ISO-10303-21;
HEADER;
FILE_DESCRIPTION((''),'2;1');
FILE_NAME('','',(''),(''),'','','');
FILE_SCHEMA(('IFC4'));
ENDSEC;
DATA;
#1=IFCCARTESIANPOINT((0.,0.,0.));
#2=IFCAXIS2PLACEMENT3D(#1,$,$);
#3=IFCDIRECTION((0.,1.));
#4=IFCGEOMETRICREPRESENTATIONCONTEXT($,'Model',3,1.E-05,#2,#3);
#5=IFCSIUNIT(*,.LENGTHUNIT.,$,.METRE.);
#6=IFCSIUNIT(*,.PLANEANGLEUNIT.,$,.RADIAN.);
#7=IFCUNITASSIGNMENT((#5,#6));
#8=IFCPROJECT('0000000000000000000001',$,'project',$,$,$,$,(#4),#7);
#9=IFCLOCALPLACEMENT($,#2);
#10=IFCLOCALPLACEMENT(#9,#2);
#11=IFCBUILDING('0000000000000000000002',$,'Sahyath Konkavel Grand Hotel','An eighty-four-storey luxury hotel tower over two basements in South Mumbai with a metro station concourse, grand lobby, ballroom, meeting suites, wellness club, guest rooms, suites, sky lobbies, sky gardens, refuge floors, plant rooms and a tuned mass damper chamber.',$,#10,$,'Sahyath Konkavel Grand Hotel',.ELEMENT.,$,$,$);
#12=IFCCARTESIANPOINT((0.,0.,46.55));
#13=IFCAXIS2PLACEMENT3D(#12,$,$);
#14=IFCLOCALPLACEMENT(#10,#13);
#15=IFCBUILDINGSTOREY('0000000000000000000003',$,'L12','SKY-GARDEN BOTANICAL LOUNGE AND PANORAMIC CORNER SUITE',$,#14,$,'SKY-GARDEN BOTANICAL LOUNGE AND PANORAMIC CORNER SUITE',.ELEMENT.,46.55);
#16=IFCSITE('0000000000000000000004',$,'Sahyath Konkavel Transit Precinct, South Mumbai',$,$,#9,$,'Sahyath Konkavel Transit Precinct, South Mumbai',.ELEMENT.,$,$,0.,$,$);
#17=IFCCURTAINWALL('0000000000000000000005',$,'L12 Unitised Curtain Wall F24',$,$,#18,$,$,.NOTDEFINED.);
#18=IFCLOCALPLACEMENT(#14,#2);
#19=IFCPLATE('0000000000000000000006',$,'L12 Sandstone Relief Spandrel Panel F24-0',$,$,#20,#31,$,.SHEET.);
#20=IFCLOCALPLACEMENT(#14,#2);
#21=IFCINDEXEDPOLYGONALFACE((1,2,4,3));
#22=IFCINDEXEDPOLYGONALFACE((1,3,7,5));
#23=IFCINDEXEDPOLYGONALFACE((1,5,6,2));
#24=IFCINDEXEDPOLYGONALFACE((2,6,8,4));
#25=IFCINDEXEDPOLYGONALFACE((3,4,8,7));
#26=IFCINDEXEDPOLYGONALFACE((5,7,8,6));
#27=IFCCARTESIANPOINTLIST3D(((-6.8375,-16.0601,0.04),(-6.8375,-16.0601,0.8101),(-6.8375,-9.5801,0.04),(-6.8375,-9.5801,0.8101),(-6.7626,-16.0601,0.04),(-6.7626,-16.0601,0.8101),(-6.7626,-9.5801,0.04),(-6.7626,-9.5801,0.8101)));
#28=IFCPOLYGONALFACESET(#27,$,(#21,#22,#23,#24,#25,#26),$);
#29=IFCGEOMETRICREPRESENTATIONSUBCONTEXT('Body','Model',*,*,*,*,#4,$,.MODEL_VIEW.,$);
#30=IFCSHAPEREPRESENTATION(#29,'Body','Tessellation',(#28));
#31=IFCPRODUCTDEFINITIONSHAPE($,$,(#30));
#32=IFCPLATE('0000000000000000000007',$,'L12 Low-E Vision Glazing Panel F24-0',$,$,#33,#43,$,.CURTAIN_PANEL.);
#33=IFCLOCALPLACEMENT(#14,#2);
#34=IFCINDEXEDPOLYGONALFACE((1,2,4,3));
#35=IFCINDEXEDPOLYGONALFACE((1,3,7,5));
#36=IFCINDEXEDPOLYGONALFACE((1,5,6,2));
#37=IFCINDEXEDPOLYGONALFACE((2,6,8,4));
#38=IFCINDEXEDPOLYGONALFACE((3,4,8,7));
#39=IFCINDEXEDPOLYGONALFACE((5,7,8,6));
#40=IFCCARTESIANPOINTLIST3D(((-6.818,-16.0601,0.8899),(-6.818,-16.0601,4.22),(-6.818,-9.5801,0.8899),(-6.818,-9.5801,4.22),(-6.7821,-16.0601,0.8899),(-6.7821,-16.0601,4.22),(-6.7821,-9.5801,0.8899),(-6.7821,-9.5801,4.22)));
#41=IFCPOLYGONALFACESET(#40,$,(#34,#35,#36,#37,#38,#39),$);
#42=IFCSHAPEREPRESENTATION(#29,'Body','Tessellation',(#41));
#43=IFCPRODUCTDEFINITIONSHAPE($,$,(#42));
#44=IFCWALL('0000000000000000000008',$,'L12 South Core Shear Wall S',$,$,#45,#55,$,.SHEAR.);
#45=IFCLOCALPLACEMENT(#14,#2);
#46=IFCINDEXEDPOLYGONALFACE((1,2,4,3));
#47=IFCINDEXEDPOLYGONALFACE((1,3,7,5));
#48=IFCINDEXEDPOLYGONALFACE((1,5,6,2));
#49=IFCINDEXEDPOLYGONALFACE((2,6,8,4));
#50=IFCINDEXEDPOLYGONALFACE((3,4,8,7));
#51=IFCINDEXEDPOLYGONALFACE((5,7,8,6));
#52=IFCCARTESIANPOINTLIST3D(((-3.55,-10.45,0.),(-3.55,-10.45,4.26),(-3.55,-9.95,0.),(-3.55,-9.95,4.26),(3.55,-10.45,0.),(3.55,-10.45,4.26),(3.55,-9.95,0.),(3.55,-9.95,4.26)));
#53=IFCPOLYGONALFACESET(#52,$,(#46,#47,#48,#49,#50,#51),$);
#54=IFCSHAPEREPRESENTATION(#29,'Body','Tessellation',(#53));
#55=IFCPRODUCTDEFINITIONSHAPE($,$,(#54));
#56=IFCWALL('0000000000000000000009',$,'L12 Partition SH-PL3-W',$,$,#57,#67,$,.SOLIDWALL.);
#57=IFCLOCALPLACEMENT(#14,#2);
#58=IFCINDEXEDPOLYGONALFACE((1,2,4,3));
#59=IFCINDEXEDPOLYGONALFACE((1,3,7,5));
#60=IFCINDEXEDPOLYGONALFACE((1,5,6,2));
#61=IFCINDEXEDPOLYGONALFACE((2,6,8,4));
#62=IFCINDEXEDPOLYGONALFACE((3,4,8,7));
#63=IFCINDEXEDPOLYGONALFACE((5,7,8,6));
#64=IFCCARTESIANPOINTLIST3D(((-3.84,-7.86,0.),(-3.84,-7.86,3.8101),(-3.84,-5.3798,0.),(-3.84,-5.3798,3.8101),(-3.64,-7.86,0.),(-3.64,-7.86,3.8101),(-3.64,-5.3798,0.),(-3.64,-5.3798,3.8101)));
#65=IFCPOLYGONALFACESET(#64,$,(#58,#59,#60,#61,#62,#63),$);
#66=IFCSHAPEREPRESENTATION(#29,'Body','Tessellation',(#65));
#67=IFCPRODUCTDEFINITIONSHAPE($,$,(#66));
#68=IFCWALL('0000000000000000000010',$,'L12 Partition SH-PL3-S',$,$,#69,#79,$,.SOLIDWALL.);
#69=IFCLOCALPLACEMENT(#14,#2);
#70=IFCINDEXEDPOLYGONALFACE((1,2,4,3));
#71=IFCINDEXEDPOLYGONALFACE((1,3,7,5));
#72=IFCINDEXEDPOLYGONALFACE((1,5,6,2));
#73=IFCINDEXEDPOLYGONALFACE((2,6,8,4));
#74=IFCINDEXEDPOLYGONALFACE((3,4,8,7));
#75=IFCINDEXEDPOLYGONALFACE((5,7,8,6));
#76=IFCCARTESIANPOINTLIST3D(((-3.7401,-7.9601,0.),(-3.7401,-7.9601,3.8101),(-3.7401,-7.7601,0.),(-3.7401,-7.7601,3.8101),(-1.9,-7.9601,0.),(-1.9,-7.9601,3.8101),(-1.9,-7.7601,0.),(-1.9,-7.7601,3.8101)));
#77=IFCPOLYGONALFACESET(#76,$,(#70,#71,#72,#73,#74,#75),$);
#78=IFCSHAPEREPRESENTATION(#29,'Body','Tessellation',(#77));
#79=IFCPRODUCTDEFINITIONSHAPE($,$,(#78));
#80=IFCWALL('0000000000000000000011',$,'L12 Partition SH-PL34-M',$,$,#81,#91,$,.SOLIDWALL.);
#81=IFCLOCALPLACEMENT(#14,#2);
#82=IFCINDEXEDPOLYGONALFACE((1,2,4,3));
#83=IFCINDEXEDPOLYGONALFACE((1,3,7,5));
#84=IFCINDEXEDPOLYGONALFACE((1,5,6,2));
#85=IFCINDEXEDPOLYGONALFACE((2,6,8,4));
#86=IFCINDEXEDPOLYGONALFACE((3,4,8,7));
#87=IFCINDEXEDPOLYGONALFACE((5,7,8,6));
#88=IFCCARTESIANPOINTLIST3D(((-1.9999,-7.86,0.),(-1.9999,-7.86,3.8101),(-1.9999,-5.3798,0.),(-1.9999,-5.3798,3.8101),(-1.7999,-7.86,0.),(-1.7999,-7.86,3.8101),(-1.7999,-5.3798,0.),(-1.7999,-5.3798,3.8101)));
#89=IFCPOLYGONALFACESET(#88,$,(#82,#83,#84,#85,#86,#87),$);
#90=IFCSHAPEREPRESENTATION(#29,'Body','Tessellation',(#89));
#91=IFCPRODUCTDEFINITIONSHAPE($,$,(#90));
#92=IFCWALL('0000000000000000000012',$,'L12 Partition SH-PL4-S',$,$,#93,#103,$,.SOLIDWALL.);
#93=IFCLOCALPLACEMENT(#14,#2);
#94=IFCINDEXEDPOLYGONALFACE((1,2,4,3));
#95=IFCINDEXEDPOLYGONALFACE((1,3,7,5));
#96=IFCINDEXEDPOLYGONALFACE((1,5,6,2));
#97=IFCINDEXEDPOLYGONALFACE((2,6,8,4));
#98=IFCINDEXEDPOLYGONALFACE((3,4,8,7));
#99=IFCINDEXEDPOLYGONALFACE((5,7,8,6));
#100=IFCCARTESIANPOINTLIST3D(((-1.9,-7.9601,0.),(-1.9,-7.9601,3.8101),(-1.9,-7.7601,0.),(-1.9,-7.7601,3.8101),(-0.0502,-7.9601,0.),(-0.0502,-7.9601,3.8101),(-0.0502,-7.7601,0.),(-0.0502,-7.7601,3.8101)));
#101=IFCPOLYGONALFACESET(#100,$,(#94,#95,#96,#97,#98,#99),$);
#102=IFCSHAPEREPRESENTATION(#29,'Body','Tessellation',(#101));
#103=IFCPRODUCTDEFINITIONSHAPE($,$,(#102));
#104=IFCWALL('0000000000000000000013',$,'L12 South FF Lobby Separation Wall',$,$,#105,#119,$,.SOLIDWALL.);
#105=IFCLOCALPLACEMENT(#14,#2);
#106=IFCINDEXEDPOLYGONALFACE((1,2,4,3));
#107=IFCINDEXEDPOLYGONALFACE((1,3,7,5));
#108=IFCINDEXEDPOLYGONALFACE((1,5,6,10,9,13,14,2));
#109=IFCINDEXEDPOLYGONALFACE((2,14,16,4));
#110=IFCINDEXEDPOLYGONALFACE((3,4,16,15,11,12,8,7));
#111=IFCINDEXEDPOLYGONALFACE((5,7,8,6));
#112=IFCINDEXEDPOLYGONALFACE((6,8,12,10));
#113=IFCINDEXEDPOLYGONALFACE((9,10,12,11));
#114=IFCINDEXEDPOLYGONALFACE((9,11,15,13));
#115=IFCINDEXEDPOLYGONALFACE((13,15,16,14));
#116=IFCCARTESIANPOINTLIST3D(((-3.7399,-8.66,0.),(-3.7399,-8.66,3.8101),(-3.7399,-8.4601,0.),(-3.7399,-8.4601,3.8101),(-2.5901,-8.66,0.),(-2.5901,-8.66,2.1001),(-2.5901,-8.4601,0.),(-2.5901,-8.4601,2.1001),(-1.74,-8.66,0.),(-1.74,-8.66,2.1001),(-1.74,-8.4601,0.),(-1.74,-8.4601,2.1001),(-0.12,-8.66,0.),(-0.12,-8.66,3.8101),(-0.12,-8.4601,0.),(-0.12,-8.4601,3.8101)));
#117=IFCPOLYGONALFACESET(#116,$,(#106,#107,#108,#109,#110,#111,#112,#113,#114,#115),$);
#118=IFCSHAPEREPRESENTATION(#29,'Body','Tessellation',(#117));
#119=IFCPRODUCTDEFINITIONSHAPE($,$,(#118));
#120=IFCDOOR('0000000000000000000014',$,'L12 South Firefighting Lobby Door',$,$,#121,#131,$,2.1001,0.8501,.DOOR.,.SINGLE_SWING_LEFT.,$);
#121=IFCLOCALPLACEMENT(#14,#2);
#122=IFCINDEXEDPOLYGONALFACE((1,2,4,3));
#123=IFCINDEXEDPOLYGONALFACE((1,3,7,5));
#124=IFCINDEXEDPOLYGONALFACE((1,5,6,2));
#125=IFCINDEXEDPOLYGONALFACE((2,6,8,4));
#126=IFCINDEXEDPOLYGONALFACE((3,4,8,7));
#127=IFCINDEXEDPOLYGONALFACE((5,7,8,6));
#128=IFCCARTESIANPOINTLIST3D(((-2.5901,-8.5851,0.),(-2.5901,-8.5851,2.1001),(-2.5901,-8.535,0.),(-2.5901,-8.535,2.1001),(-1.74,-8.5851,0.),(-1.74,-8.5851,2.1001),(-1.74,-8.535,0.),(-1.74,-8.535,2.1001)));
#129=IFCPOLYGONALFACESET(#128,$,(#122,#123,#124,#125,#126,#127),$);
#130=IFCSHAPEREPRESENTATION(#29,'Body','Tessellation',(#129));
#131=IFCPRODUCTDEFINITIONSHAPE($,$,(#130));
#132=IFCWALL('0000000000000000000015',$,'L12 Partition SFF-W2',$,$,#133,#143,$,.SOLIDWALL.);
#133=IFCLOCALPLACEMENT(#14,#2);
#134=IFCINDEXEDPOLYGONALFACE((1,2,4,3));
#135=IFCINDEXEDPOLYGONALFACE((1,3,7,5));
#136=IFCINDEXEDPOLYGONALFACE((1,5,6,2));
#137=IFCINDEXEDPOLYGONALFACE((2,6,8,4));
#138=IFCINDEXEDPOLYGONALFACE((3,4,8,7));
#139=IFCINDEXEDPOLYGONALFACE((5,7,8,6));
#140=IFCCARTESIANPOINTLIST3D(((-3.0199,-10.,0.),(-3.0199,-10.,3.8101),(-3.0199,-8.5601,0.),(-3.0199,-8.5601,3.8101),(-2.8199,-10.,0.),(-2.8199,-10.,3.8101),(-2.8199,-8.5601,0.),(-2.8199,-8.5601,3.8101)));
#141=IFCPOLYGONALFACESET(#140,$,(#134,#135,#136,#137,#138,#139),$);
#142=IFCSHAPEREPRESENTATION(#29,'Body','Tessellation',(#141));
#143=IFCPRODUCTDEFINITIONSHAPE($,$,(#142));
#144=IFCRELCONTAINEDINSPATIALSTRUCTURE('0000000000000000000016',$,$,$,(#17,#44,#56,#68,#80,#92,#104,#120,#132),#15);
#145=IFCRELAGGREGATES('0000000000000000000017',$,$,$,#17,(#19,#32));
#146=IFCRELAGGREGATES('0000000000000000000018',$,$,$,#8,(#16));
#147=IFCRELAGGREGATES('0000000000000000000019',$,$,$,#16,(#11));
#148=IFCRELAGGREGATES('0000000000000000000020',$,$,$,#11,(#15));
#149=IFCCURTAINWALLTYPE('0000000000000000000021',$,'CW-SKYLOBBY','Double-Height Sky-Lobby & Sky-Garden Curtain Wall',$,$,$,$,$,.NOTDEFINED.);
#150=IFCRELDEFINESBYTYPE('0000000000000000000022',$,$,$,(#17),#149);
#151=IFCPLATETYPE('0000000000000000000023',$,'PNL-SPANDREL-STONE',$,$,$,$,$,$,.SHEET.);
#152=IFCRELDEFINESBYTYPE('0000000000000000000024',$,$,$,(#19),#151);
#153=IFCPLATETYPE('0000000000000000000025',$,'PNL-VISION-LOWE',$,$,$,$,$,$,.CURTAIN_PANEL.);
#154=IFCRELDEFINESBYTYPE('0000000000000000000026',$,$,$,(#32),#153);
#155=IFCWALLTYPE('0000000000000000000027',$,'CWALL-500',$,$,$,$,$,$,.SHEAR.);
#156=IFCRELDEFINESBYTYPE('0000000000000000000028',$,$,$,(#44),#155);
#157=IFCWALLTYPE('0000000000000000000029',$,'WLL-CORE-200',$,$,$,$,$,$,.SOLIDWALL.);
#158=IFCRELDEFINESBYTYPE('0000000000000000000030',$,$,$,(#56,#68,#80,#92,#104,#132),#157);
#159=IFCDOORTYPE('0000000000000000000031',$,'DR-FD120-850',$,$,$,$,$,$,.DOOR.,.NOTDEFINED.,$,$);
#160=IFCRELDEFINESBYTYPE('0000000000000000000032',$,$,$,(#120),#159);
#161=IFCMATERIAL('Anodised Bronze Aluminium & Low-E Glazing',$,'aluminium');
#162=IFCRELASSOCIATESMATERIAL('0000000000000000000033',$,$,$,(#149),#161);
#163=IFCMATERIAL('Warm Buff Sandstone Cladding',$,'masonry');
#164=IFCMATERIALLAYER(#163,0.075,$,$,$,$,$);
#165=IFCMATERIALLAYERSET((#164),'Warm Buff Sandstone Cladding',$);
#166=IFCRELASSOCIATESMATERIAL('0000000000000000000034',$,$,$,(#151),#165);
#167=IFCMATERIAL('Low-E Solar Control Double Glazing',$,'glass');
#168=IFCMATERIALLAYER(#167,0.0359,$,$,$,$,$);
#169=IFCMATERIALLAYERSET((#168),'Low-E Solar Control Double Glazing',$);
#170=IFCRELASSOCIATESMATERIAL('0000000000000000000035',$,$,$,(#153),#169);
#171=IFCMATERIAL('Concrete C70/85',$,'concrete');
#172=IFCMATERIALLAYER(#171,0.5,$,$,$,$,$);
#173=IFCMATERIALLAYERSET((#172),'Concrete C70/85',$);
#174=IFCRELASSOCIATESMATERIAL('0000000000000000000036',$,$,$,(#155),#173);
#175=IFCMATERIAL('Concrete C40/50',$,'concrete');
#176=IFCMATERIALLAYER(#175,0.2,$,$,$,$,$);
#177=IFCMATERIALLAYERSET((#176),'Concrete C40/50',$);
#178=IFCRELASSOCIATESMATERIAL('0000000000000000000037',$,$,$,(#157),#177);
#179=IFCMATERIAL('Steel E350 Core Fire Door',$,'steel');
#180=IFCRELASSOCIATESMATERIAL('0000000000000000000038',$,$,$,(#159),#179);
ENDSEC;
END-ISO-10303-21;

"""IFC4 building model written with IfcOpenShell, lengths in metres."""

from ifc_helpers import new_model, si_unit, direction, frame, frame_2d, origin, origin_2d, place, context, subcontext, project, spatial, rectangle, extrude, source, transform, mapped, material, layer, layer_set, type_object, element, fill, aggregate, save


model = new_model("IFC4")

# Units and contexts
model_context = context("Model", 3, precision=1e-05, world=origin(), true_north=direction((0.0, 1.0)))
body_context = subcontext(model_context, "Body", "Model", "MODEL_VIEW")
ifc_project = project(units=[si_unit("LENGTHUNIT", "METRE"), si_unit("PLANEANGLEUNIT", "RADIAN")], contexts=[model_context])

# Site, building, storey
site_placement = place(None, origin())
site = spatial("IfcSite", under=ifc_project, at=site_placement, Name="Sahyath Konkavel Transit Precinct, South Mumbai", LongName="Sahyath Konkavel Transit Precinct, South Mumbai", CompositionType="ELEMENT", RefElevation=0.0)
building_placement = place(site_placement, origin())
building = spatial("IfcBuilding", under=site, at=building_placement, Name="Sahyath Konkavel Grand Hotel", Description="An eighty-four-storey luxury hotel tower over two basements in South Mumbai with a metro station concourse, grand lobby, ballroom, meeting suites, wellness club, guest rooms, suites, sky lobbies, sky gardens, refuge floors, plant rooms and a tuned mass damper chamber.", LongName="Sahyath Konkavel Grand Hotel", CompositionType="ELEMENT")
storey_placement = place(building_placement, frame((0.0, 0.0, 46.55)))
storey = spatial("IfcBuildingStorey", under=building, at=storey_placement, Name="L12", Description="SKY-GARDEN BOTANICAL LOUNGE AND PANORAMIC CORNER SUITE", LongName="SKY-GARDEN BOTANICAL LOUNGE AND PANORAMIC CORNER SUITE", CompositionType="ELEMENT", Elevation=46.55)

# Shared definitions
ifc_material_1 = material(Name="Concrete C70/85", Category="concrete")

# Curtain wall
ifc_material_2 = material(Name="Anodised Bronze Aluminium & Low-E Glazing", Category="aluminium")
curtain_wall_type = type_object("IfcCurtainWallType", Name="CW-SKYLOBBY", Description="Double-Height Sky-Lobby & Sky-Garden Curtain Wall", PredefinedType="NOTDEFINED", material=ifc_material_2)
curtain_wall_1_placement = place(storey_placement, origin())
curtain_wall_1 = element("IfcCurtainWall", 1, at=curtain_wall_1_placement, inside=storey, type_object=curtain_wall_type, Name="L12 Unitised Curtain Wall F24", PredefinedType="NOTDEFINED")

# Plates
ifc_material_3 = material(Name="Warm Buff Sandstone Cladding", Category="masonry")
ifc_layer_1 = layer(ifc_material_3, 0.075)
ifc_layer_set_1 = layer_set([ifc_layer_1], Name="Warm Buff Sandstone Cladding")
plate_type_1 = type_object("IfcPlateType", Name="PNL-SPANDREL-STONE", PredefinedType="SHEET", material=ifc_layer_set_1)
shared_shape_1 = source(origin(), body_context, "Body", "SweptSolid", [
    extrude(rectangle(XDim=6.48, YDim=0.075, at=origin_2d()), origin(), (0.0, 0.0, 1.0), 0.77),
])
plate_1_placement = place(storey_placement, frame((-6.8, -12.8201, 0.04), z_axis=(0.0, 0.0, 1.0), x_axis=(0.0, -1.0, 0.0)))
plate_1 = element("IfcPlate", 2, at=plate_1_placement, type_object=plate_type_1, Name="L12 Sandstone Relief Spandrel Panel F24-0", PredefinedType="SHEET", context=body_context, shape_type="MappedRepresentation", body=[
    mapped(shared_shape_1, transform((0.0, 0.0, 0.0), scale=1.0)),
])
ifc_material_4 = material(Name="Low-E Solar Control Double Glazing", Category="glass")
ifc_layer_2 = layer(ifc_material_4, 0.0359)
ifc_layer_set_2 = layer_set([ifc_layer_2], Name="Low-E Solar Control Double Glazing")
plate_type_2 = type_object("IfcPlateType", Name="PNL-VISION-LOWE", PredefinedType="CURTAIN_PANEL", material=ifc_layer_set_2)
shared_shape_2 = source(origin(), body_context, "Body", "SweptSolid", [
    extrude(rectangle(XDim=6.48, YDim=0.0359, at=origin_2d()), origin(), (0.0, 0.0, 1.0), 3.3301),
])
plate_2_placement = place(storey_placement, frame((-6.8, -12.8201, 0.8899), z_axis=(0.0, 0.0, 1.0), x_axis=(0.0, -1.0, 0.0)))
plate_2 = element("IfcPlate", 3, at=plate_2_placement, type_object=plate_type_2, Name="L12 Low-E Vision Glazing Panel F24-0", PredefinedType="CURTAIN_PANEL", context=body_context, shape_type="MappedRepresentation", body=[
    mapped(shared_shape_2, transform((0.0, 0.0, 0.0), scale=1.0)),
])
aggregate(curtain_wall_1, [plate_1, plate_2])

# Walls
ifc_layer_3 = layer(ifc_material_1, 0.5)
ifc_layer_set_3 = layer_set([ifc_layer_3], Name="Concrete C70/85")
wall_type_1 = type_object("IfcWallType", Name="CWALL-500", PredefinedType="SHEAR", material=ifc_layer_set_3)
wall_1_placement = place(storey_placement, frame((-3.55, -10.2, 0.0), z_axis=(0.0, 0.0, 1.0), x_axis=(1.0, 0.0, 0.0)))
element("IfcWall", 4, at=wall_1_placement, inside=storey, type_object=wall_type_1, Name="L12 South Core Shear Wall S", PredefinedType="SHEAR", context=body_context, shape_type="SweptSolid", body=[
    extrude(rectangle(XDim=7.1001, YDim=0.5, at=frame_2d((3.55, 0.0))), origin(), (0.0, 0.0, 1.0), 4.26),
])
ifc_material_5 = material(Name="Concrete C40/50", Category="concrete")
ifc_layer_4 = layer(ifc_material_5, 0.2)
ifc_layer_set_4 = layer_set([ifc_layer_4], Name="Concrete C40/50")
wall_type_2 = type_object("IfcWallType", Name="WLL-CORE-200", PredefinedType="SOLIDWALL", material=ifc_layer_set_4)
wall_2_placement = place(storey_placement, frame((-3.74, -7.8601, 0.0), z_axis=(0.0, 0.0, 1.0), x_axis=(0.0, 1.0, 0.0)))
element("IfcWall", 5, at=wall_2_placement, inside=storey, type_object=wall_type_2, Name="L12 Partition SH-PL3-W", PredefinedType="SOLIDWALL", context=body_context, shape_type="SweptSolid", body=[
    extrude(rectangle(XDim=2.4802, YDim=0.2, at=frame_2d((1.2402, 0.0))), origin(), (0.0, 0.0, 1.0), 3.8101),
])
wall_3_placement = place(storey_placement, frame((-3.74, -7.8601, 0.0), z_axis=(0.0, 0.0, 1.0), x_axis=(1.0, 0.0, 0.0)))
element("IfcWall", 6, at=wall_3_placement, inside=storey, type_object=wall_type_2, Name="L12 Partition SH-PL3-S", PredefinedType="SOLIDWALL", context=body_context, shape_type="SweptSolid", body=[
    extrude(rectangle(XDim=1.8401, YDim=0.2, at=frame_2d((0.9199, 0.0))), origin(), (0.0, 0.0, 1.0), 3.8101),
])
wall_4_placement = place(storey_placement, frame((-1.8999, -7.8601, 0.0), z_axis=(0.0, 0.0, 1.0), x_axis=(0.0, 1.0, 0.0)))
element("IfcWall", 7, at=wall_4_placement, inside=storey, type_object=wall_type_2, Name="L12 Partition SH-PL34-M", PredefinedType="SOLIDWALL", context=body_context, shape_type="SweptSolid", body=[
    extrude(rectangle(XDim=2.4802, YDim=0.2, at=frame_2d((1.2402, 0.0))), origin(), (0.0, 0.0, 1.0), 3.8101),
])
wall_5_placement = place(storey_placement, frame((-1.8999, -7.8601, 0.0), z_axis=(0.0, 0.0, 1.0), x_axis=(1.0, 0.0, 0.0)))
element("IfcWall", 8, at=wall_5_placement, inside=storey, type_object=wall_type_2, Name="L12 Partition SH-PL4-S", PredefinedType="SOLIDWALL", context=body_context, shape_type="SweptSolid", body=[
    extrude(rectangle(XDim=1.8499, YDim=0.2, at=frame_2d((0.9248, 0.0))), origin(), (0.0, 0.0, 1.0), 3.8101),
])

# Wall, opening, door
wall_6_placement = place(storey_placement, frame((-3.74, -8.5601, 0.0), z_axis=(0.0, 0.0, 1.0), x_axis=(1.0, 0.0, 0.0)))
wall_6 = element("IfcWall", 9, at=wall_6_placement, inside=storey, type_object=wall_type_2, Name="L12 South FF Lobby Separation Wall", PredefinedType="SOLIDWALL", context=body_context, shape_type="SweptSolid", body=[
    extrude(rectangle(XDim=3.6199, YDim=0.2, at=frame_2d((1.8101, 0.0))), origin(), (0.0, 0.0, 1.0), 3.8101),
])
opening_1_placement = place(wall_6_placement, frame((1.1499, 0.0, 0.0)))
opening_1 = element("IfcOpeningElement", 10, at=opening_1_placement, cuts=wall_6, PredefinedType="OPENING", context=body_context, shape_type="SweptSolid", body=[
    extrude(rectangle(XDim=0.8501, YDim=2.1001, at=frame_2d((0.425, 1.05))), frame((0.0, 0.1099, 0.0), z_axis=(0.0, -1.0, 0.0), x_axis=(1.0, 0.0, 0.0)), (0.0, 0.0, 1.0), 0.22),
])
ifc_material_6 = material(Name="Steel E350 Core Fire Door", Category="steel")
door_type_1 = type_object("IfcDoorType", Name="DR-FD120-850", OperationType="NOTDEFINED", PredefinedType="DOOR", material=ifc_material_6)
shared_shape_3 = source(origin(), body_context, "Body", "SweptSolid", [
    extrude(rectangle(XDim=0.8501, YDim=0.05, at=origin_2d()), origin(), (0.0, 0.0, 1.0), 2.1001),
])
door_1_placement = place(opening_1_placement, frame((0.425, 0.0, 0.0)))
door_1 = element("IfcDoor", 11, at=door_1_placement, inside=storey, type_object=door_type_1, Name="L12 South Firefighting Lobby Door", OperationType="SINGLE_SWING_LEFT", OverallHeight=2.1001, OverallWidth=0.8501, PredefinedType="DOOR", context=body_context, shape_type="MappedRepresentation", body=[
    mapped(shared_shape_3, transform((0.0, 0.0, 0.0), scale=1.0)),
])
fill(opening_1, door_1)

# Wall
wall_7_placement = place(storey_placement, frame((-2.9199, -10.0, 0.0), z_axis=(0.0, 0.0, 1.0), x_axis=(0.0, 1.0, 0.0)))
element("IfcWall", 12, at=wall_7_placement, inside=storey, type_object=wall_type_2, Name="L12 Partition SFF-W2", PredefinedType="SOLIDWALL", context=body_context, shape_type="SweptSolid", body=[
    extrude(rectangle(XDim=1.4399, YDim=0.2, at=frame_2d((0.72, 0.0))), origin(), (0.0, 0.0, 1.0), 3.8101),
])

save(model, "model.ifc")
